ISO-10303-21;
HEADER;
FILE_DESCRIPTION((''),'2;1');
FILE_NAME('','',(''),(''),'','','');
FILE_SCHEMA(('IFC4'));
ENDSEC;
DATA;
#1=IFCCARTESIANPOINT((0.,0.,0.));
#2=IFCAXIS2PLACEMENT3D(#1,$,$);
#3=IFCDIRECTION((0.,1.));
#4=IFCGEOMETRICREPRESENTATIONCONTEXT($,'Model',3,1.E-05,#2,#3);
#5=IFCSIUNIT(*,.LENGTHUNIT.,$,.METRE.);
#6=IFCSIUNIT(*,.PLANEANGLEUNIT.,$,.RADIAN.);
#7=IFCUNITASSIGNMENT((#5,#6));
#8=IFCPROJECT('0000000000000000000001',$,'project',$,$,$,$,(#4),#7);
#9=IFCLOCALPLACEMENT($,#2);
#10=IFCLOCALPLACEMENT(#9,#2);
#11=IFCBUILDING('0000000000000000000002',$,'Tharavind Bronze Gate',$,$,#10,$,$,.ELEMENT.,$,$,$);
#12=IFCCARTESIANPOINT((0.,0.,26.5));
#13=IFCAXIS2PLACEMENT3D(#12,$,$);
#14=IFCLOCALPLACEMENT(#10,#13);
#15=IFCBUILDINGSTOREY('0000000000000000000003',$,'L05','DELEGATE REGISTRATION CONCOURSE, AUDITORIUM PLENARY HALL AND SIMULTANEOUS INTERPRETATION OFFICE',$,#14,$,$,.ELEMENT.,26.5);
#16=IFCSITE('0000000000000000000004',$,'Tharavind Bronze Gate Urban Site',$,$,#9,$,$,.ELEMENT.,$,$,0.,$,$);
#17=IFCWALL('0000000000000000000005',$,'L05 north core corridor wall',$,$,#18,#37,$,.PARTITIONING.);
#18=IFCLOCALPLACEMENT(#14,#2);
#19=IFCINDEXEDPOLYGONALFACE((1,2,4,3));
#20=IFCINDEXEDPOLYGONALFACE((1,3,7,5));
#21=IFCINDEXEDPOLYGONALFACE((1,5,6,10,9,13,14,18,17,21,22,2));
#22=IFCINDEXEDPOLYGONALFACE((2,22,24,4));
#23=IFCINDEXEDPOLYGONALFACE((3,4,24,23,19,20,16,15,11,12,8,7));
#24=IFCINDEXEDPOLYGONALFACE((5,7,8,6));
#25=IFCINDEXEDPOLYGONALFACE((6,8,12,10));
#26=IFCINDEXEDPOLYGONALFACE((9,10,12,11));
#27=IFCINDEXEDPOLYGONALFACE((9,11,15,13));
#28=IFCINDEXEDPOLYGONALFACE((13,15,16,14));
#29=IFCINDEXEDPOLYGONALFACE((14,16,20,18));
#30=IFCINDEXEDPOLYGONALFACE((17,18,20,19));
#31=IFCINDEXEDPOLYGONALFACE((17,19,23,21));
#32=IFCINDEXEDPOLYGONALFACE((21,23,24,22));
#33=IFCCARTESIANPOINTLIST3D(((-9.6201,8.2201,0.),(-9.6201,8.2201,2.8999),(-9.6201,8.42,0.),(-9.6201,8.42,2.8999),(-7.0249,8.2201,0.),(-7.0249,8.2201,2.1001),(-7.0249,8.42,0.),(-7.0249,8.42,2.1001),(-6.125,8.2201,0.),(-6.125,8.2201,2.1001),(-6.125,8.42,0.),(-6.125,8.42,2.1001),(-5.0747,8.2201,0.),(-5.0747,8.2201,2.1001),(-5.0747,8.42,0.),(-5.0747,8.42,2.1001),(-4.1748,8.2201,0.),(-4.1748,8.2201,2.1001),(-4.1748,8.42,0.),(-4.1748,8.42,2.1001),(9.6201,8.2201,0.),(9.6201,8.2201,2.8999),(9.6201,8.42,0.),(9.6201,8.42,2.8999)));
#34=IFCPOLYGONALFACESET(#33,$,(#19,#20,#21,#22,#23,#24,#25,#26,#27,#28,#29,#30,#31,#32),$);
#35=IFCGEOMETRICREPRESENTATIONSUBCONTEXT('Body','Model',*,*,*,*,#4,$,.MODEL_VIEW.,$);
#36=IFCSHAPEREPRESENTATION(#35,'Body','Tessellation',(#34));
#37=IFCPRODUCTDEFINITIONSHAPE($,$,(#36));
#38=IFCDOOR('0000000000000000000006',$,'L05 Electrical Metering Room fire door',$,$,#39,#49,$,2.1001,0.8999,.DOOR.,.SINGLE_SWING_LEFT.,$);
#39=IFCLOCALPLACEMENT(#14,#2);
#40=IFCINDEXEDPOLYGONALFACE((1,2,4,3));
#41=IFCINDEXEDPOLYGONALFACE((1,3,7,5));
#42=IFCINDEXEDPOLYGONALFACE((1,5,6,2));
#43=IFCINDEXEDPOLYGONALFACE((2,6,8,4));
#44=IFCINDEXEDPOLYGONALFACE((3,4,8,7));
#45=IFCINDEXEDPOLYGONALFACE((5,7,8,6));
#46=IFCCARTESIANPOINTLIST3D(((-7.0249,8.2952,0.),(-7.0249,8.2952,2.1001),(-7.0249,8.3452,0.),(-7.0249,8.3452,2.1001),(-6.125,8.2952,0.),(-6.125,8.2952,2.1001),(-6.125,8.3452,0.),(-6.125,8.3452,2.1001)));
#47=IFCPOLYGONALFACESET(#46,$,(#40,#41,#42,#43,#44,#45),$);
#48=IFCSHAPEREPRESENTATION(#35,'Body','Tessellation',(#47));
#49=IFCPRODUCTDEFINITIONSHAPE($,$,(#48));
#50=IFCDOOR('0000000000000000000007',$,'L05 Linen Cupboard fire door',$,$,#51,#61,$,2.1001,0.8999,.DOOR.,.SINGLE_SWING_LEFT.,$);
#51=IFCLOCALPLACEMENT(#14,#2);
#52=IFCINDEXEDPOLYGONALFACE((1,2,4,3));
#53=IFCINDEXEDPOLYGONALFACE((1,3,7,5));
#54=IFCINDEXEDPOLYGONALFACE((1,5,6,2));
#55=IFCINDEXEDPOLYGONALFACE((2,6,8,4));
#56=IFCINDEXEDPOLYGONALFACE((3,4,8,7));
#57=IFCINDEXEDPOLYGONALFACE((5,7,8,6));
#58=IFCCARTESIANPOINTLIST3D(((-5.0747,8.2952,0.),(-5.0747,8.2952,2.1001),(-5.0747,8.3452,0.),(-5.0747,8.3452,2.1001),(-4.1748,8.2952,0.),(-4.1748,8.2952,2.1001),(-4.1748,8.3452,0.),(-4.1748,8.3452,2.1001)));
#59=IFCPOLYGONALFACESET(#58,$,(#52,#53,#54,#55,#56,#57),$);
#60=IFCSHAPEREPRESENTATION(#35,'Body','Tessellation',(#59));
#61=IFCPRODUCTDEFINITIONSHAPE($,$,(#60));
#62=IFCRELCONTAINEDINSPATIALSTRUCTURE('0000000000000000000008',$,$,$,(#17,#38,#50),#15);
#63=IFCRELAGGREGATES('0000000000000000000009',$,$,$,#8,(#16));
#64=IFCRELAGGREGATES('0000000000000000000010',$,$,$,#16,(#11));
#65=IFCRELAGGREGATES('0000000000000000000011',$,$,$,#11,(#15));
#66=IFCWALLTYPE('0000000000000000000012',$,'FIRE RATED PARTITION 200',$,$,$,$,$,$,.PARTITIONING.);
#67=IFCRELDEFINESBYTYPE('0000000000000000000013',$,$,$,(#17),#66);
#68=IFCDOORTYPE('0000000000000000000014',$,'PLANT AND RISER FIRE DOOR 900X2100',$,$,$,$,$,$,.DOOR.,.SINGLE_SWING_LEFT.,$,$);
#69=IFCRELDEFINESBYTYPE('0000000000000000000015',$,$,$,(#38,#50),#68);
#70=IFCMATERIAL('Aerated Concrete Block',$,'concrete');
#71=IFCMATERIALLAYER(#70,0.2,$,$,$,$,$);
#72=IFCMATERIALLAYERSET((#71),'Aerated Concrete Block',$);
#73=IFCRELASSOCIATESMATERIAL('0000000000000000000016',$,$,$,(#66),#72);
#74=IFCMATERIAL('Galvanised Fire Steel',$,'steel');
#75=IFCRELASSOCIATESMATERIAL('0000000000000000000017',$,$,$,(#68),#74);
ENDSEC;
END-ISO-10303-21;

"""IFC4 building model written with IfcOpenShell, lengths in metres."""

from ifc_helpers import new_model, si_unit, direction, frame, frame_2d, origin, place, context, subcontext, project, spatial, rectangle, extrude, material, layer, layer_set, type_object, element, fill, save


model = new_model("IFC4")

# Units and contexts
model_context = context("Model", 3, precision=1e-05, world=origin(), true_north=direction((0.0, 1.0)))
body_context = subcontext(model_context, "Body", "Model", "MODEL_VIEW")
ifc_project = project(units=[si_unit("LENGTHUNIT", "METRE"), si_unit("PLANEANGLEUNIT", "RADIAN")], contexts=[model_context])

# Site, building, storey
site_placement = place(None, origin())
site = spatial("IfcSite", under=ifc_project, at=site_placement, Name="Tharavind Bronze Gate Urban Site", CompositionType="ELEMENT", RefElevation=0.0)
building_placement = place(site_placement, origin())
building = spatial("IfcBuilding", under=site, at=building_placement, Name="Tharavind Bronze Gate", CompositionType="ELEMENT")
storey_placement = place(building_placement, frame((0.0, 0.0, 26.5)))
storey = spatial("IfcBuildingStorey", under=building, at=storey_placement, Name="L05", Description="DELEGATE REGISTRATION CONCOURSE, AUDITORIUM PLENARY HALL AND SIMULTANEOUS INTERPRETATION OFFICE", CompositionType="ELEMENT", Elevation=26.5)

# Wall, openings, doors
ifc_material_1 = material(Name="Aerated Concrete Block", Category="concrete")
ifc_layer_1 = layer(ifc_material_1, 0.2)
ifc_layer_set_1 = layer_set([ifc_layer_1], Name="Aerated Concrete Block")
wall_type = type_object("IfcWallType", Name="FIRE RATED PARTITION 200", PredefinedType="PARTITIONING", material=ifc_layer_set_1)
wall_placement = place(storey_placement, frame((9.6201, 8.3201, 0.0), z_axis=(0.0, 0.0, 1.0), x_axis=(-1.0, 0.0, 0.0)))
wall = element("IfcWall", 1, at=wall_placement, inside=storey, type_object=wall_type, Name="L05 north core corridor wall", PredefinedType="PARTITIONING", context=body_context, shape_type="SweptSolid", body=[
    extrude(rectangle(XDim=19.2402, YDim=0.2, at=frame_2d((9.6201, 0.0))), origin(), (0.0, 0.0, 1.0), 2.8999),
])
opening_1_placement = place(wall_placement, frame((15.7451, 0.0, 0.0)))
opening_1 = element("IfcOpeningElement", 2, at=opening_1_placement, cuts=wall, PredefinedType="OPENING", context=body_context, shape_type="SweptSolid", body=[
    extrude(rectangle(XDim=0.8999, YDim=2.1001, at=frame_2d((0.45, 1.05))), frame((0.0, 0.1101, 0.0), z_axis=(0.0, -1.0, 0.0), x_axis=(1.0, 0.0, 0.0)), (0.0, 0.0, 1.0), 0.22),
])
opening_2_placement = place(wall_placement, frame((13.7949, 0.0, 0.0)))
opening_2 = element("IfcOpeningElement", 3, at=opening_2_placement, cuts=wall, PredefinedType="OPENING", context=body_context, shape_type="SweptSolid", body=[
    extrude(rectangle(XDim=0.8999, YDim=2.1001, at=frame_2d((0.45, 1.05))), frame((0.0, 0.1101, 0.0), z_axis=(0.0, -1.0, 0.0), x_axis=(1.0, 0.0, 0.0)), (0.0, 0.0, 1.0), 0.22),
])
ifc_material_2 = material(Name="Galvanised Fire Steel", Category="steel")
door_type = type_object("IfcDoorType", Name="PLANT AND RISER FIRE DOOR 900X2100", OperationType="SINGLE_SWING_LEFT", PredefinedType="DOOR", material=ifc_material_2)
door_1_placement = place(opening_1_placement, origin())
door_1 = element("IfcDoor", 4, at=door_1_placement, inside=storey, type_object=door_type, Name="L05 Electrical Metering Room fire door", OperationType="SINGLE_SWING_LEFT", OverallHeight=2.1001, OverallWidth=0.8999, PredefinedType="DOOR", context=body_context, shape_type="SweptSolid", body=[
    extrude(rectangle(XDim=0.8999, YDim=2.1001, at=frame_2d((0.45, 1.05))), frame((0.0, 0.0249, 0.0), z_axis=(0.0, -1.0, 0.0), x_axis=(1.0, 0.0, 0.0)), (0.0, 0.0, 1.0), 0.05),
])
fill(opening_1, door_1)
door_2_placement = place(opening_2_placement, origin())
door_2 = element("IfcDoor", 5, at=door_2_placement, inside=storey, type_object=door_type, Name="L05 Linen Cupboard fire door", OperationType="SINGLE_SWING_LEFT", OverallHeight=2.1001, OverallWidth=0.8999, PredefinedType="DOOR", context=body_context, shape_type="SweptSolid", body=[
    extrude(rectangle(XDim=0.8999, YDim=2.1001, at=frame_2d((0.45, 1.05))), frame((0.0, 0.0249, 0.0), z_axis=(0.0, -1.0, 0.0), x_axis=(1.0, 0.0, 0.0)), (0.0, 0.0, 1.0), 0.05),
])
fill(opening_2, door_2)

save(model, "model.ifc")
